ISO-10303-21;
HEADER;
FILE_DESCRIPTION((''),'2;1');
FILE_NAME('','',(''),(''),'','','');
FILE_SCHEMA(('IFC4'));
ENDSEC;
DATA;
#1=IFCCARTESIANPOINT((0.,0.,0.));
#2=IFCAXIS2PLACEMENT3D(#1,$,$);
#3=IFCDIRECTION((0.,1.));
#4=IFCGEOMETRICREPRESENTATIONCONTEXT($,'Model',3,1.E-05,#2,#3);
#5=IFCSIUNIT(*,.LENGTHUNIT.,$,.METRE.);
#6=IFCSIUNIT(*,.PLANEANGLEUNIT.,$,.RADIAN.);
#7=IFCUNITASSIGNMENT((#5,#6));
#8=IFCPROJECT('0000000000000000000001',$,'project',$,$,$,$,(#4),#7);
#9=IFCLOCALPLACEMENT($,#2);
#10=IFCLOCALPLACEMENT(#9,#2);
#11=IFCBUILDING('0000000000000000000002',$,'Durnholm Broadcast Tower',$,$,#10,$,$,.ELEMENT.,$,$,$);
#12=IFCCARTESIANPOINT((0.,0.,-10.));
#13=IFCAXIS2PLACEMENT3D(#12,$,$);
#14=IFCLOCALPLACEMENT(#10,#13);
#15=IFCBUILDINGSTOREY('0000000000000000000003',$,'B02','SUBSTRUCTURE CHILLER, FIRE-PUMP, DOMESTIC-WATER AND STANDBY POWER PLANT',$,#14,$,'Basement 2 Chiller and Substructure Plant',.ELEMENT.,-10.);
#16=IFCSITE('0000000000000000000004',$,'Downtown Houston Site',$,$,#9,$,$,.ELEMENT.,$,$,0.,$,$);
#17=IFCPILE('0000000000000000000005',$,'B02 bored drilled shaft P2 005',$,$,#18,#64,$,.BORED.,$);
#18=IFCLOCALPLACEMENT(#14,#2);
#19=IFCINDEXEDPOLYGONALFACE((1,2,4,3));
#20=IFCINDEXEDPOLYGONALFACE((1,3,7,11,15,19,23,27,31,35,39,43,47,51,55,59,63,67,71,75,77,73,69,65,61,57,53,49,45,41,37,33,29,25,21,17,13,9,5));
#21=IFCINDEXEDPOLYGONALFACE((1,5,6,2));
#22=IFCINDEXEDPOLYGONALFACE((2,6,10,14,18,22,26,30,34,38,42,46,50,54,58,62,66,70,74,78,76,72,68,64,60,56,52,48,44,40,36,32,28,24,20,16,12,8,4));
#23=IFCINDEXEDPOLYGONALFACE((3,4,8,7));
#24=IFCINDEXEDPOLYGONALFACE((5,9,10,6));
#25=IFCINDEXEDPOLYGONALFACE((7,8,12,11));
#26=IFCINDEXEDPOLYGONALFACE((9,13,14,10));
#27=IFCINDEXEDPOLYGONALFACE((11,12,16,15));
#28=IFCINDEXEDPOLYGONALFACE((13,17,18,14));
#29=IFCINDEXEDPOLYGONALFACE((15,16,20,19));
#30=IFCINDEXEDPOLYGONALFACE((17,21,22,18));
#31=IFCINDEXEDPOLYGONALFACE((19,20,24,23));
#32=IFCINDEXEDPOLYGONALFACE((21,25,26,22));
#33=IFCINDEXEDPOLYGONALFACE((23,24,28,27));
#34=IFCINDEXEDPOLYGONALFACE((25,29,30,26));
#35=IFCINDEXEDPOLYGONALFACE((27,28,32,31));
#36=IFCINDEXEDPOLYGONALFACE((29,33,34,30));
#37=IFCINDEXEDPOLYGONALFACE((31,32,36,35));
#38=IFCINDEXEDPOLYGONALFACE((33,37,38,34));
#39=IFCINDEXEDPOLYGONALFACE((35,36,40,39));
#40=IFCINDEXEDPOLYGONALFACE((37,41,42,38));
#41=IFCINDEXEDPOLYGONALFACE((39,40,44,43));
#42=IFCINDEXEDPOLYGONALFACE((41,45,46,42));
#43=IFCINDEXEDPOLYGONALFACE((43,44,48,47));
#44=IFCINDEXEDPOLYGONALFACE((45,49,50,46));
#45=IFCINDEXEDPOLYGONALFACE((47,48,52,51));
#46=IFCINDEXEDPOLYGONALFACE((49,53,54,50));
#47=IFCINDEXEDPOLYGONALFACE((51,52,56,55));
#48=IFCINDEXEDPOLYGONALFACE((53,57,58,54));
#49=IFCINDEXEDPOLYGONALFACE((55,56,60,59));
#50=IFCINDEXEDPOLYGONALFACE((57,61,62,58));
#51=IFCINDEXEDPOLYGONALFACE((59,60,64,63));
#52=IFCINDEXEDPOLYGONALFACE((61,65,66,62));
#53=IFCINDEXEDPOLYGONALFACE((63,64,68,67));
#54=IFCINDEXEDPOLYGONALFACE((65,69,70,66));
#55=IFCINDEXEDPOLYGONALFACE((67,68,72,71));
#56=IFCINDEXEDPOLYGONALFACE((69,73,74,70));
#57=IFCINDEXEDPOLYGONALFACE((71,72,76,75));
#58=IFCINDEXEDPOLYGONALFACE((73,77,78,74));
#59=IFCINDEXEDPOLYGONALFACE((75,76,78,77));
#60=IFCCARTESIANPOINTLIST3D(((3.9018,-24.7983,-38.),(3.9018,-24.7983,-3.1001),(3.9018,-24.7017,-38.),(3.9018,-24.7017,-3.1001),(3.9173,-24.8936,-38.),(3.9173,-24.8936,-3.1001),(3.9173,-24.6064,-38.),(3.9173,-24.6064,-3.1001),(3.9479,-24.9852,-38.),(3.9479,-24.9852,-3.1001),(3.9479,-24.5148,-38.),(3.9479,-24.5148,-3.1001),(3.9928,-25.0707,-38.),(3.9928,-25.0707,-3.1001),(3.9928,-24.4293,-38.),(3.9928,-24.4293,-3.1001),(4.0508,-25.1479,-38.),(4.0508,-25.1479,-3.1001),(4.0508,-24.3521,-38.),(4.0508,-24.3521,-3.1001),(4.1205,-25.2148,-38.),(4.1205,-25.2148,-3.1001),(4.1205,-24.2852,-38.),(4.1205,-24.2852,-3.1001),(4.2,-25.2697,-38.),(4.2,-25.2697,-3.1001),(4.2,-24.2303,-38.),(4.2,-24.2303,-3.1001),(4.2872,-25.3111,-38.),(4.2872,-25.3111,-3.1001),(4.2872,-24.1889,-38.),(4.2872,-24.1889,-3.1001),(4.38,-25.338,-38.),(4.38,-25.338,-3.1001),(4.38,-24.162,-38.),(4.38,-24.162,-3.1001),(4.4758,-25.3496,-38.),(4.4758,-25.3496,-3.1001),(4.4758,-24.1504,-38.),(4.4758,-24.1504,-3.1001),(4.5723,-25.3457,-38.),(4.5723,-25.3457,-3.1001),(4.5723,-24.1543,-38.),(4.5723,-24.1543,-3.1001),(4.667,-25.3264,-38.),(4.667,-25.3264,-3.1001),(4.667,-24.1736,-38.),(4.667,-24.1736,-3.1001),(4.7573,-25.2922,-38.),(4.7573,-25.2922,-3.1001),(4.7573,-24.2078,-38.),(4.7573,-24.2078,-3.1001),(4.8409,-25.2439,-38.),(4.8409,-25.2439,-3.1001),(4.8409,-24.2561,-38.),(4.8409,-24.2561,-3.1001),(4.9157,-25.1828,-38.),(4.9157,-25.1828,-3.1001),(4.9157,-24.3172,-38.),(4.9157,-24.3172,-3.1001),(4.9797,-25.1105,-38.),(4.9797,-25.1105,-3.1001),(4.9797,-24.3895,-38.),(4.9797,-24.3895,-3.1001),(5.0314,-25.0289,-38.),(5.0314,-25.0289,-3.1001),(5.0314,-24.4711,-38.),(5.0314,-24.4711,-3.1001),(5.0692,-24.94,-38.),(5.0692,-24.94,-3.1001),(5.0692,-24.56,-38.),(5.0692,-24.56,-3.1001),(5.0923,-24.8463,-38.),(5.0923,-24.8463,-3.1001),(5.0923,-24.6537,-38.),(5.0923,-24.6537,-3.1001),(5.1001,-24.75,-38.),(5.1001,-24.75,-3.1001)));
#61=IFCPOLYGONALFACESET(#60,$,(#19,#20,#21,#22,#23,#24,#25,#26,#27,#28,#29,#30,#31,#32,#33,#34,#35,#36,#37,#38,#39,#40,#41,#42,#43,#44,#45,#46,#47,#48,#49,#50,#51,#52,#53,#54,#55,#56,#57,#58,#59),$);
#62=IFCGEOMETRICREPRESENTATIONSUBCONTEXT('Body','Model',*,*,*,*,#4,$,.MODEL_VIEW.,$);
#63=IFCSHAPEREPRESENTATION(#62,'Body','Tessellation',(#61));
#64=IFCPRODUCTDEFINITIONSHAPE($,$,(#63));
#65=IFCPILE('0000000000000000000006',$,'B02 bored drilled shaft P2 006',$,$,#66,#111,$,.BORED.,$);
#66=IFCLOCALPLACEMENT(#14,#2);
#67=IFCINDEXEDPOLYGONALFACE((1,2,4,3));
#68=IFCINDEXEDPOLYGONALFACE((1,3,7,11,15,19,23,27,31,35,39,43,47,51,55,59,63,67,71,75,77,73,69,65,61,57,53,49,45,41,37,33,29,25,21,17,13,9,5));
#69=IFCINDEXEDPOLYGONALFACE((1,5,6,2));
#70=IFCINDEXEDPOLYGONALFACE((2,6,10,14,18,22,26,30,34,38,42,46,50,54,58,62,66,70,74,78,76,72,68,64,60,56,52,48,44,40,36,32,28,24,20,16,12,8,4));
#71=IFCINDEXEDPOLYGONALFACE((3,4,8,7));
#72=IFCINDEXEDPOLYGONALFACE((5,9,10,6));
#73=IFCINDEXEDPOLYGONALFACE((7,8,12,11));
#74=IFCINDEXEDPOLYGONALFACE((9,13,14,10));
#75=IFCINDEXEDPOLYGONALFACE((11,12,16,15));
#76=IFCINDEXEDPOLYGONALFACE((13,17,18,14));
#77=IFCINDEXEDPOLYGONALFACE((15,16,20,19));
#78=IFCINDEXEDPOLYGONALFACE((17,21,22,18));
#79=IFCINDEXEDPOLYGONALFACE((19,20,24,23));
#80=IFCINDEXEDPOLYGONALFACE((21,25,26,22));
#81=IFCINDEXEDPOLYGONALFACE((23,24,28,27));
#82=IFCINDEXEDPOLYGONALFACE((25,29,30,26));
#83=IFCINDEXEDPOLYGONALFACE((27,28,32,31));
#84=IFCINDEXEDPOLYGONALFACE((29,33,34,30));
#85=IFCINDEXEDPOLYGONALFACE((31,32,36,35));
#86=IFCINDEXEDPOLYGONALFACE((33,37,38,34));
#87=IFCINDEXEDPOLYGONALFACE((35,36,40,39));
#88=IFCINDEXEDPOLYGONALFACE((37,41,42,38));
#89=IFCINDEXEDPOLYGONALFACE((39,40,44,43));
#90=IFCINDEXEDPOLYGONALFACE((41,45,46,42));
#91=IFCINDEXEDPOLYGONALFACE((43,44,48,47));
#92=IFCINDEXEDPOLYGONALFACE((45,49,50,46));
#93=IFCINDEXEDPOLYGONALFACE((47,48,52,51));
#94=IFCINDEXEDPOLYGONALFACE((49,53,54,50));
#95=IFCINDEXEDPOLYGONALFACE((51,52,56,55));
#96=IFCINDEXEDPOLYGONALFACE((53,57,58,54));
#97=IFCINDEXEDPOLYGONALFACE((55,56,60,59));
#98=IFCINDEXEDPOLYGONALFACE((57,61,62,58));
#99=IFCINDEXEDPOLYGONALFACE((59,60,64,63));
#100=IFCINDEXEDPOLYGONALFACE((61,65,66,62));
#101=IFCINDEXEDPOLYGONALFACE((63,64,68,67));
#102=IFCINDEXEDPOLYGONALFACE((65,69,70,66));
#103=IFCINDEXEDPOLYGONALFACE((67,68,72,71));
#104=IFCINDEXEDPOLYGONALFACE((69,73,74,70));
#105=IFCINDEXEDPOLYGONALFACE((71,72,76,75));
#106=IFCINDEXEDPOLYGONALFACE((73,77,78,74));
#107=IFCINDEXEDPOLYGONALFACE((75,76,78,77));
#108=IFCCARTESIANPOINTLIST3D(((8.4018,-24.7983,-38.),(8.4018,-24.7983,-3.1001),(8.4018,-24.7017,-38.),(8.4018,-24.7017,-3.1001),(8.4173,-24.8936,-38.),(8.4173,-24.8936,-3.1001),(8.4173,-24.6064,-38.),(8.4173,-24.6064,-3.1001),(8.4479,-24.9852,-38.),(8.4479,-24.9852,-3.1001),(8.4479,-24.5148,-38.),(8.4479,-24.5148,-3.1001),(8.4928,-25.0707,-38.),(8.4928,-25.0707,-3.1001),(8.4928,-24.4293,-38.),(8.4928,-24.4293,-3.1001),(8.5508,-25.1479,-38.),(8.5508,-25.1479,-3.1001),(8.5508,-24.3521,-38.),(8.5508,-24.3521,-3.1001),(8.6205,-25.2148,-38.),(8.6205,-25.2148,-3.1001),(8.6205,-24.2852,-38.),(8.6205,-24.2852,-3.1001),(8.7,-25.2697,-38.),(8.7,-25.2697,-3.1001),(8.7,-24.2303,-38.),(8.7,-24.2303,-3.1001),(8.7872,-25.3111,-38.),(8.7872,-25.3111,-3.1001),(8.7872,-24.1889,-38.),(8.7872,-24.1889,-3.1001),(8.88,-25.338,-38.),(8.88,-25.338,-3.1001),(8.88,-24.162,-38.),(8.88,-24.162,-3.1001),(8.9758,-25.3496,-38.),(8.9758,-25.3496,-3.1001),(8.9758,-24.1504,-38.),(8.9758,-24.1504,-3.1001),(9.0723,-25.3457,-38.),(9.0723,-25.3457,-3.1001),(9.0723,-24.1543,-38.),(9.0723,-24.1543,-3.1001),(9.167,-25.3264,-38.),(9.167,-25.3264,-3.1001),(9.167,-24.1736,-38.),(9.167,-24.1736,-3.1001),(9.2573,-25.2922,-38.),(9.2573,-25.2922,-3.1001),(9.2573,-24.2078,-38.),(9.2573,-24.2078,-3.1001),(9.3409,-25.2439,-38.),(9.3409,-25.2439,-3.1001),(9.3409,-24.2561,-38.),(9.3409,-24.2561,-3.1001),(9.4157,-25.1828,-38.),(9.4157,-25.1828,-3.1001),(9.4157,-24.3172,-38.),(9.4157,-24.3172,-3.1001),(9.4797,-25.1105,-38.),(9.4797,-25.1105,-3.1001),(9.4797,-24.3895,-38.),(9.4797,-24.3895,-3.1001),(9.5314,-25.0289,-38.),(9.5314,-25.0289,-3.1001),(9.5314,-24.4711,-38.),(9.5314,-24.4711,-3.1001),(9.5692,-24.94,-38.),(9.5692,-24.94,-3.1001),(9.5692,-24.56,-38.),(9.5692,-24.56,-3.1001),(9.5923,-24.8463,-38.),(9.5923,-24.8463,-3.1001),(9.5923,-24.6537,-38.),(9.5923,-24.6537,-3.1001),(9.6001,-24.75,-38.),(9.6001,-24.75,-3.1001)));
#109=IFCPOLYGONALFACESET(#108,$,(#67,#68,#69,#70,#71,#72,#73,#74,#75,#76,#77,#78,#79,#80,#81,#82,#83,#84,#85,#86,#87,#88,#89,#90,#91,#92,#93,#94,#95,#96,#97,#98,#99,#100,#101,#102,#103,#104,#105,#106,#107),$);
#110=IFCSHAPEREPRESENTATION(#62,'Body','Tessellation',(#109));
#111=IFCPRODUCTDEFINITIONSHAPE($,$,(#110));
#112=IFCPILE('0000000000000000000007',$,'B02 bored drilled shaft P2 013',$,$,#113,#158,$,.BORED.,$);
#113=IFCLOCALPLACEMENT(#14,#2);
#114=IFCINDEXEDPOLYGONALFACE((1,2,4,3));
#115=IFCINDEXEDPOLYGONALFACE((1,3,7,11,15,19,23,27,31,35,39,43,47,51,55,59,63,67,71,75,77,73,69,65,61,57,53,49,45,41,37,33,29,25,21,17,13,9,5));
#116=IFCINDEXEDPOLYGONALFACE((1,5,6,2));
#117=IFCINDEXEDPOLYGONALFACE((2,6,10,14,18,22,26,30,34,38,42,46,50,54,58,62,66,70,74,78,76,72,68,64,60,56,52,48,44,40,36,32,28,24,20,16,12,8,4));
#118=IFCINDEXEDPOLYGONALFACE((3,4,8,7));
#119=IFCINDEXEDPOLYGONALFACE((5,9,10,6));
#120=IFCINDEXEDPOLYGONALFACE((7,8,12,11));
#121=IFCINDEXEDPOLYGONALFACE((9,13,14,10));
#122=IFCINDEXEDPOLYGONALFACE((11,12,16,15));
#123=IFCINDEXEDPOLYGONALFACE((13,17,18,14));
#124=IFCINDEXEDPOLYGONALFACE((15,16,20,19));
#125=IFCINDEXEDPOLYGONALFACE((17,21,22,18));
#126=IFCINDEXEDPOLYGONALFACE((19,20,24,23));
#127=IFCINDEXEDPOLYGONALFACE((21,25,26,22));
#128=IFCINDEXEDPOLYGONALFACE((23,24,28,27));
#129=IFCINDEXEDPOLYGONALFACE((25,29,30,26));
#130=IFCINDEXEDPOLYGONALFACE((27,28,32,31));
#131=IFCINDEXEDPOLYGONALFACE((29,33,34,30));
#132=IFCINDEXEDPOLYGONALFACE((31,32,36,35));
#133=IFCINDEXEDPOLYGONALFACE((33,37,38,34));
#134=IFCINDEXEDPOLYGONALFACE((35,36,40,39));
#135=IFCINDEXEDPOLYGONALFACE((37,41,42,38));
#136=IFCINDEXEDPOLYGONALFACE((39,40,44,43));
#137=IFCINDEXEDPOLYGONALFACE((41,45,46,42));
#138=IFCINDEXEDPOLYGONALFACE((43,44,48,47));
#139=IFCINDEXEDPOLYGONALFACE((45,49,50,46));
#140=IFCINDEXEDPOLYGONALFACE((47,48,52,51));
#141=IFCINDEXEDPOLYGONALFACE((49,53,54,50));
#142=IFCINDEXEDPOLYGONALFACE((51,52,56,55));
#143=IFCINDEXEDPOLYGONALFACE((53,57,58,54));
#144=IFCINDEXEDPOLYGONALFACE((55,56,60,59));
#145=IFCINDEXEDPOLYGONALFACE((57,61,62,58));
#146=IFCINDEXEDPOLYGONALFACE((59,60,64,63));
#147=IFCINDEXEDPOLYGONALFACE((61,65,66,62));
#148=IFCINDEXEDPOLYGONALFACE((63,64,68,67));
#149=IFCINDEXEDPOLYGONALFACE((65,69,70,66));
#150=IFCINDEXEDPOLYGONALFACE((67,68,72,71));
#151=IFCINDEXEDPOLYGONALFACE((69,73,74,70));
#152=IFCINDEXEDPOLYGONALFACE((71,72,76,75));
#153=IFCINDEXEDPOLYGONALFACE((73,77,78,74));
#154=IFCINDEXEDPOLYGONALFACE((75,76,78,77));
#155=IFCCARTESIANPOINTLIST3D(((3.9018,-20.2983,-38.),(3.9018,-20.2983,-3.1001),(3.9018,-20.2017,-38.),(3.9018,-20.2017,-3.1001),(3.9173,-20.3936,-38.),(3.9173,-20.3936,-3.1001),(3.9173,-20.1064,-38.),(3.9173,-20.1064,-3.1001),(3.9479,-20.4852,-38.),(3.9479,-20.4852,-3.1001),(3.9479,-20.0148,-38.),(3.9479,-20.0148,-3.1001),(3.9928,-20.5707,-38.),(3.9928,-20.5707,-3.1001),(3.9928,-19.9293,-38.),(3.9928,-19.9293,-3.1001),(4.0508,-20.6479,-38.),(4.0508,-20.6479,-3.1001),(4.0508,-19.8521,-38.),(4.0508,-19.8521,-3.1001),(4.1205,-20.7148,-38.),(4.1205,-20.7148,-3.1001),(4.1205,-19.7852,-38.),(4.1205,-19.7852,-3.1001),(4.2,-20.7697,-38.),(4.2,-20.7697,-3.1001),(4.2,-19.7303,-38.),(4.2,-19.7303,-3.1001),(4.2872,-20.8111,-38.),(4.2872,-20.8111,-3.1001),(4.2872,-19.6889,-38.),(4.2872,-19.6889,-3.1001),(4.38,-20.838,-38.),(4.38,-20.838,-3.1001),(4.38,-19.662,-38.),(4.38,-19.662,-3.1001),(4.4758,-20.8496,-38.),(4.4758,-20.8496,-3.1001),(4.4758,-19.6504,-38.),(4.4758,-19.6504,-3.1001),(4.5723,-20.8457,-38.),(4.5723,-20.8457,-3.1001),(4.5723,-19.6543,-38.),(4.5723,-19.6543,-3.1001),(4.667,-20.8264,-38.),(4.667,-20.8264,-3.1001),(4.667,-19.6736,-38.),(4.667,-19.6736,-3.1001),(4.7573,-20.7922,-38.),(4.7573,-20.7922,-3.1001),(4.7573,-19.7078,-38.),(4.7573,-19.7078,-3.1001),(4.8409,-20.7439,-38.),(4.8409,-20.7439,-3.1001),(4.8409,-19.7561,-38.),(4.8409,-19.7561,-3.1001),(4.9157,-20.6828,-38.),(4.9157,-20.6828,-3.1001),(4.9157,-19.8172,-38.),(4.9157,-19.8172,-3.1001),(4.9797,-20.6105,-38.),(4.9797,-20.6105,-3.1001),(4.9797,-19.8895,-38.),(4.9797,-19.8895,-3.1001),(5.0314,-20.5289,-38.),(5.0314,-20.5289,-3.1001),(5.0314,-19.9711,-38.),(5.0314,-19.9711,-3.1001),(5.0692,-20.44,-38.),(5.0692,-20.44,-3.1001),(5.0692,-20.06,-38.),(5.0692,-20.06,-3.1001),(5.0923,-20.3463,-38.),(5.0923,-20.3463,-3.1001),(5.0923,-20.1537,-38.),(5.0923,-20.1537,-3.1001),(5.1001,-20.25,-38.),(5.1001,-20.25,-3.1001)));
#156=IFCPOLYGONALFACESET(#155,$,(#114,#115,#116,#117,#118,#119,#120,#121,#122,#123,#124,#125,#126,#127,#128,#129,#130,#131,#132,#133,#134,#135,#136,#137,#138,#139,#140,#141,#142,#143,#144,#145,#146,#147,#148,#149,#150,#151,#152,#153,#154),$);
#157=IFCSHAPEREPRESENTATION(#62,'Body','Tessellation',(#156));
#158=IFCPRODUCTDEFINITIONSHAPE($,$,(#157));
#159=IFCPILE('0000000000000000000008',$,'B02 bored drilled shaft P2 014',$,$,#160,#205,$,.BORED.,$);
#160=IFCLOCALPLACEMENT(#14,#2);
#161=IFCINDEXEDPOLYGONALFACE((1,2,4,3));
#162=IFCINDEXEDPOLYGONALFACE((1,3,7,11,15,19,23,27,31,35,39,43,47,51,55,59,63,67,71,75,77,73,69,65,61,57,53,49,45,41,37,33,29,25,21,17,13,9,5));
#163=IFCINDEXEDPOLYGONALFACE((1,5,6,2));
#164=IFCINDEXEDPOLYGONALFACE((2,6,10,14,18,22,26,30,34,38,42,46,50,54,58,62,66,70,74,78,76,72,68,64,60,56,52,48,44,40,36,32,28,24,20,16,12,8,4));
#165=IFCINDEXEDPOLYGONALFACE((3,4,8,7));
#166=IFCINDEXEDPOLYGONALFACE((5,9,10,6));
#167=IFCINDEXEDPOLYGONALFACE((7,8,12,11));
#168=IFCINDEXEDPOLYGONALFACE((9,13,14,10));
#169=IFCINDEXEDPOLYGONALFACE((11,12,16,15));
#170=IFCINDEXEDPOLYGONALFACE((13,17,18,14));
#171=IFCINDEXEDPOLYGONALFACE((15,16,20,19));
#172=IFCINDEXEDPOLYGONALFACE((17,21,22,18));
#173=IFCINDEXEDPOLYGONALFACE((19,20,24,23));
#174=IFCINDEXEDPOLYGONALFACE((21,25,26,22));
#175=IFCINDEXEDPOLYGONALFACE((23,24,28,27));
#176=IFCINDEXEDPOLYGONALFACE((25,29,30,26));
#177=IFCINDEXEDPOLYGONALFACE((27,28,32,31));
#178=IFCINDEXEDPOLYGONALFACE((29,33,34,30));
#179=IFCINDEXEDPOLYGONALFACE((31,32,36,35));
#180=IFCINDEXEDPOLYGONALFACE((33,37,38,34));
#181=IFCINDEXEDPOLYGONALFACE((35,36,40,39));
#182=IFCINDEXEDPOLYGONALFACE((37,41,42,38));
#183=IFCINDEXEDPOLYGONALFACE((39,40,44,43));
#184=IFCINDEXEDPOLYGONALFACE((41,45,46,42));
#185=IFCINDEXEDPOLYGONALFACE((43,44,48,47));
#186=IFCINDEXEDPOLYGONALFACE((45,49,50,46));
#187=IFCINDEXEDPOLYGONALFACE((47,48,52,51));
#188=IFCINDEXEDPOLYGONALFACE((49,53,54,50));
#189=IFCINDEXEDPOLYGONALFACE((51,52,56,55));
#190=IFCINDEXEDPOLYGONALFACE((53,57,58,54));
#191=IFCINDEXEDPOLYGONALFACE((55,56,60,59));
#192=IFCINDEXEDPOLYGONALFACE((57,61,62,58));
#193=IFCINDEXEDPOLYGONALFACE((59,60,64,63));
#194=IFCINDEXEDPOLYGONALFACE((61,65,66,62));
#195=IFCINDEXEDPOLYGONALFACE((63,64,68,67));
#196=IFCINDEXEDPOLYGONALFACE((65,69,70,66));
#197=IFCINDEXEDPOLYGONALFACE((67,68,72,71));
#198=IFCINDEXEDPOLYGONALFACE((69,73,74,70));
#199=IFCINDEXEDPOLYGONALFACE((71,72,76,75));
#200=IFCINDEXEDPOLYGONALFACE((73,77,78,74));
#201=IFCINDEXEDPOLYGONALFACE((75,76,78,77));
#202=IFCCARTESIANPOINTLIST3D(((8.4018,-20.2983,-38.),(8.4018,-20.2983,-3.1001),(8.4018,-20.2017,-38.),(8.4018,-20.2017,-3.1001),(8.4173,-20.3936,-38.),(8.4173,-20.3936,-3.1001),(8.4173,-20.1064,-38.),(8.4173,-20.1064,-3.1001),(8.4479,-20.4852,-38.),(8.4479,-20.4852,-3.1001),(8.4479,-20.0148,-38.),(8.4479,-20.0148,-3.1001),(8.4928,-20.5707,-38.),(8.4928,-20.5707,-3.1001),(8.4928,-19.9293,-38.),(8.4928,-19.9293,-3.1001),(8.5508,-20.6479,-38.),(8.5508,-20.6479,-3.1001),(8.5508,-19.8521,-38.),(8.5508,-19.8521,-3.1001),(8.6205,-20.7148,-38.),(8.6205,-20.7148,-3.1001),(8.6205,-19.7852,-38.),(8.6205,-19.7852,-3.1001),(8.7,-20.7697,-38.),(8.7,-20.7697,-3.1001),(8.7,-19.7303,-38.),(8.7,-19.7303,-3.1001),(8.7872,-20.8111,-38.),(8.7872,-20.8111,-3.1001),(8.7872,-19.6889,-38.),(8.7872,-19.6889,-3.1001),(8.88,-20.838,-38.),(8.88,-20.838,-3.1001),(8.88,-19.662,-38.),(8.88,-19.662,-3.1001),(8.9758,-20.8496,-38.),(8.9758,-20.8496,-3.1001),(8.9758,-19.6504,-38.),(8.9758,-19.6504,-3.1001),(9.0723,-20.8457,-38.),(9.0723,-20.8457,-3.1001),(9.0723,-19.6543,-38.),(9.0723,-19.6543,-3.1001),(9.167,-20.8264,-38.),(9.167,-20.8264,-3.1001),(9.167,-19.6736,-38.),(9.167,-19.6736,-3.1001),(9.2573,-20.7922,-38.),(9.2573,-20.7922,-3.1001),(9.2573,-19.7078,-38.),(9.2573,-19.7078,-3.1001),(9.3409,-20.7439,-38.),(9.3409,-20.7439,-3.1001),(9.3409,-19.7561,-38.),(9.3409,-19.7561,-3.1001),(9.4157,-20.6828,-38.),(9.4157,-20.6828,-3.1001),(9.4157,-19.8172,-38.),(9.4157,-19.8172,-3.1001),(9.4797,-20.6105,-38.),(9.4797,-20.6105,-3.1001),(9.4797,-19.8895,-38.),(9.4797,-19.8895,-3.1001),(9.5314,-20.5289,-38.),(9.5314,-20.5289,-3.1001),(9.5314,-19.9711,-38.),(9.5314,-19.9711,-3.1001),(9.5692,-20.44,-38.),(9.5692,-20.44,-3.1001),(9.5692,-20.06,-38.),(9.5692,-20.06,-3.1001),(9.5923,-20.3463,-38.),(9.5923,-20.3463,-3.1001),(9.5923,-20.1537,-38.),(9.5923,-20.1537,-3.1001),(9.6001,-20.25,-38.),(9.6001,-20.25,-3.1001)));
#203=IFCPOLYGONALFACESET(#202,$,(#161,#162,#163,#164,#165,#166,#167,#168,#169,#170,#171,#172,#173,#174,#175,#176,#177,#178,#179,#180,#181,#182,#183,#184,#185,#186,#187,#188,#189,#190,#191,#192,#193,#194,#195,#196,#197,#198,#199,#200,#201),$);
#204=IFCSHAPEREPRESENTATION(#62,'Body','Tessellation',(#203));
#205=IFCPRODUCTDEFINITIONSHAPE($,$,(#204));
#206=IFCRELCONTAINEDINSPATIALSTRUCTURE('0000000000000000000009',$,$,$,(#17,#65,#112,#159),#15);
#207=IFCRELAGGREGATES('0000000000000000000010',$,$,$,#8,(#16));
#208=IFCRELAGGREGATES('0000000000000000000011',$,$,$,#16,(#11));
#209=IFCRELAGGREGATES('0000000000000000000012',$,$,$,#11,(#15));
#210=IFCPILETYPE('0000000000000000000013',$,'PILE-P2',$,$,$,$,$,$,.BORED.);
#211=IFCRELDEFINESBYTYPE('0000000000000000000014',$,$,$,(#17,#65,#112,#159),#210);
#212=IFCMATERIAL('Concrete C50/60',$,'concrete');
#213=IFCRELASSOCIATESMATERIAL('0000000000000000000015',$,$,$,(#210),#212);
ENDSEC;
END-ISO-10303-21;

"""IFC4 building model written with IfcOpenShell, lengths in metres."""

from ifc_helpers import new_model, si_unit, direction, frame, origin, origin_2d, place, context, subcontext, project, spatial, circle, extrude, source, transform, mapped, material, material_profile, profile_set, type_object, type_shapes, element, save


model = new_model("IFC4")

# Units and contexts
model_context = context("Model", 3, precision=1e-05, world=origin(), true_north=direction((0.0, 1.0)))
body_context = subcontext(model_context, "Body", "Model", "MODEL_VIEW")
ifc_project = project(units=[si_unit("LENGTHUNIT", "METRE"), si_unit("PLANEANGLEUNIT", "RADIAN")], contexts=[model_context])

# Site, building, storey
site_placement = place(None, origin())
site = spatial("IfcSite", under=ifc_project, at=site_placement, Name="Downtown Houston Site", CompositionType="ELEMENT", RefElevation=0.0)
building_placement = place(site_placement, origin())
building = spatial("IfcBuilding", under=site, at=building_placement, Name="Durnholm Broadcast Tower", CompositionType="ELEMENT")
storey_placement = place(building_placement, frame((0.0, 0.0, -10.0)))
storey = spatial("IfcBuildingStorey", under=building, at=storey_placement, Name="B02", Description="SUBSTRUCTURE CHILLER, FIRE-PUMP, DOMESTIC-WATER AND STANDBY POWER PLANT", LongName="Basement 2 Chiller and Substructure Plant", CompositionType="ELEMENT", Elevation=-10.0)

# Piles
ifc_material_1 = material(Name="Concrete C50/60", Category="concrete")
ifc_material_profile_1 = material_profile(ifc_material_1, circle(Radius=0.6001, at=origin_2d()), Name="PILE1200")
ifc_profile_set_1 = profile_set([ifc_material_profile_1], Name="Concrete C50/60")
pile_type_1 = type_object("IfcPileType", Name="PILE-P2", PredefinedType="BORED", material=ifc_profile_set_1)
shared_shape_1 = source(origin(), body_context, "Body", "SweptSolid", [
    extrude(circle(Radius=0.6001, at=origin_2d()), origin(), (0.0, 0.0, 1.0), 34.8999),
])
type_shapes(pile_type_1, [shared_shape_1])
for number, where, z_axis, x_axis, name in (
    (1, (4.5, -24.75, -3.1001), (0.0, 0.0, -1.0), (1.0, 0.0, 0.0), "B02 bored drilled shaft P2 005"),
    (2, (9.0, -24.75, -3.1001), (0.0, 0.0, -1.0), (1.0, 0.0, 0.0), "B02 bored drilled shaft P2 006"),
    (3, (4.5, -20.25, -3.1001), (0.0, 0.0, -1.0), (1.0, 0.0, 0.0), "B02 bored drilled shaft P2 013"),
    (4, (9.0, -20.25, -3.1001), (0.0, 0.0, -1.0), (1.0, 0.0, 0.0), "B02 bored drilled shaft P2 014"),
):
    element("IfcPile", number, at=place(storey_placement, frame(where, z_axis=z_axis, x_axis=x_axis)), inside=storey, type_object=pile_type_1, Name=name, PredefinedType="BORED", context=body_context, shape_type="MappedRepresentation", body=[
        mapped(shared_shape_1, transform((0.0, 0.0, 0.0), x_axis=(1.0, 0.0, 0.0), y_axis=(0.0, 1.0, 0.0), z_axis=(0.0, 0.0, 1.0), scale=1.0)),
    ])

save(model, "model.ifc")
